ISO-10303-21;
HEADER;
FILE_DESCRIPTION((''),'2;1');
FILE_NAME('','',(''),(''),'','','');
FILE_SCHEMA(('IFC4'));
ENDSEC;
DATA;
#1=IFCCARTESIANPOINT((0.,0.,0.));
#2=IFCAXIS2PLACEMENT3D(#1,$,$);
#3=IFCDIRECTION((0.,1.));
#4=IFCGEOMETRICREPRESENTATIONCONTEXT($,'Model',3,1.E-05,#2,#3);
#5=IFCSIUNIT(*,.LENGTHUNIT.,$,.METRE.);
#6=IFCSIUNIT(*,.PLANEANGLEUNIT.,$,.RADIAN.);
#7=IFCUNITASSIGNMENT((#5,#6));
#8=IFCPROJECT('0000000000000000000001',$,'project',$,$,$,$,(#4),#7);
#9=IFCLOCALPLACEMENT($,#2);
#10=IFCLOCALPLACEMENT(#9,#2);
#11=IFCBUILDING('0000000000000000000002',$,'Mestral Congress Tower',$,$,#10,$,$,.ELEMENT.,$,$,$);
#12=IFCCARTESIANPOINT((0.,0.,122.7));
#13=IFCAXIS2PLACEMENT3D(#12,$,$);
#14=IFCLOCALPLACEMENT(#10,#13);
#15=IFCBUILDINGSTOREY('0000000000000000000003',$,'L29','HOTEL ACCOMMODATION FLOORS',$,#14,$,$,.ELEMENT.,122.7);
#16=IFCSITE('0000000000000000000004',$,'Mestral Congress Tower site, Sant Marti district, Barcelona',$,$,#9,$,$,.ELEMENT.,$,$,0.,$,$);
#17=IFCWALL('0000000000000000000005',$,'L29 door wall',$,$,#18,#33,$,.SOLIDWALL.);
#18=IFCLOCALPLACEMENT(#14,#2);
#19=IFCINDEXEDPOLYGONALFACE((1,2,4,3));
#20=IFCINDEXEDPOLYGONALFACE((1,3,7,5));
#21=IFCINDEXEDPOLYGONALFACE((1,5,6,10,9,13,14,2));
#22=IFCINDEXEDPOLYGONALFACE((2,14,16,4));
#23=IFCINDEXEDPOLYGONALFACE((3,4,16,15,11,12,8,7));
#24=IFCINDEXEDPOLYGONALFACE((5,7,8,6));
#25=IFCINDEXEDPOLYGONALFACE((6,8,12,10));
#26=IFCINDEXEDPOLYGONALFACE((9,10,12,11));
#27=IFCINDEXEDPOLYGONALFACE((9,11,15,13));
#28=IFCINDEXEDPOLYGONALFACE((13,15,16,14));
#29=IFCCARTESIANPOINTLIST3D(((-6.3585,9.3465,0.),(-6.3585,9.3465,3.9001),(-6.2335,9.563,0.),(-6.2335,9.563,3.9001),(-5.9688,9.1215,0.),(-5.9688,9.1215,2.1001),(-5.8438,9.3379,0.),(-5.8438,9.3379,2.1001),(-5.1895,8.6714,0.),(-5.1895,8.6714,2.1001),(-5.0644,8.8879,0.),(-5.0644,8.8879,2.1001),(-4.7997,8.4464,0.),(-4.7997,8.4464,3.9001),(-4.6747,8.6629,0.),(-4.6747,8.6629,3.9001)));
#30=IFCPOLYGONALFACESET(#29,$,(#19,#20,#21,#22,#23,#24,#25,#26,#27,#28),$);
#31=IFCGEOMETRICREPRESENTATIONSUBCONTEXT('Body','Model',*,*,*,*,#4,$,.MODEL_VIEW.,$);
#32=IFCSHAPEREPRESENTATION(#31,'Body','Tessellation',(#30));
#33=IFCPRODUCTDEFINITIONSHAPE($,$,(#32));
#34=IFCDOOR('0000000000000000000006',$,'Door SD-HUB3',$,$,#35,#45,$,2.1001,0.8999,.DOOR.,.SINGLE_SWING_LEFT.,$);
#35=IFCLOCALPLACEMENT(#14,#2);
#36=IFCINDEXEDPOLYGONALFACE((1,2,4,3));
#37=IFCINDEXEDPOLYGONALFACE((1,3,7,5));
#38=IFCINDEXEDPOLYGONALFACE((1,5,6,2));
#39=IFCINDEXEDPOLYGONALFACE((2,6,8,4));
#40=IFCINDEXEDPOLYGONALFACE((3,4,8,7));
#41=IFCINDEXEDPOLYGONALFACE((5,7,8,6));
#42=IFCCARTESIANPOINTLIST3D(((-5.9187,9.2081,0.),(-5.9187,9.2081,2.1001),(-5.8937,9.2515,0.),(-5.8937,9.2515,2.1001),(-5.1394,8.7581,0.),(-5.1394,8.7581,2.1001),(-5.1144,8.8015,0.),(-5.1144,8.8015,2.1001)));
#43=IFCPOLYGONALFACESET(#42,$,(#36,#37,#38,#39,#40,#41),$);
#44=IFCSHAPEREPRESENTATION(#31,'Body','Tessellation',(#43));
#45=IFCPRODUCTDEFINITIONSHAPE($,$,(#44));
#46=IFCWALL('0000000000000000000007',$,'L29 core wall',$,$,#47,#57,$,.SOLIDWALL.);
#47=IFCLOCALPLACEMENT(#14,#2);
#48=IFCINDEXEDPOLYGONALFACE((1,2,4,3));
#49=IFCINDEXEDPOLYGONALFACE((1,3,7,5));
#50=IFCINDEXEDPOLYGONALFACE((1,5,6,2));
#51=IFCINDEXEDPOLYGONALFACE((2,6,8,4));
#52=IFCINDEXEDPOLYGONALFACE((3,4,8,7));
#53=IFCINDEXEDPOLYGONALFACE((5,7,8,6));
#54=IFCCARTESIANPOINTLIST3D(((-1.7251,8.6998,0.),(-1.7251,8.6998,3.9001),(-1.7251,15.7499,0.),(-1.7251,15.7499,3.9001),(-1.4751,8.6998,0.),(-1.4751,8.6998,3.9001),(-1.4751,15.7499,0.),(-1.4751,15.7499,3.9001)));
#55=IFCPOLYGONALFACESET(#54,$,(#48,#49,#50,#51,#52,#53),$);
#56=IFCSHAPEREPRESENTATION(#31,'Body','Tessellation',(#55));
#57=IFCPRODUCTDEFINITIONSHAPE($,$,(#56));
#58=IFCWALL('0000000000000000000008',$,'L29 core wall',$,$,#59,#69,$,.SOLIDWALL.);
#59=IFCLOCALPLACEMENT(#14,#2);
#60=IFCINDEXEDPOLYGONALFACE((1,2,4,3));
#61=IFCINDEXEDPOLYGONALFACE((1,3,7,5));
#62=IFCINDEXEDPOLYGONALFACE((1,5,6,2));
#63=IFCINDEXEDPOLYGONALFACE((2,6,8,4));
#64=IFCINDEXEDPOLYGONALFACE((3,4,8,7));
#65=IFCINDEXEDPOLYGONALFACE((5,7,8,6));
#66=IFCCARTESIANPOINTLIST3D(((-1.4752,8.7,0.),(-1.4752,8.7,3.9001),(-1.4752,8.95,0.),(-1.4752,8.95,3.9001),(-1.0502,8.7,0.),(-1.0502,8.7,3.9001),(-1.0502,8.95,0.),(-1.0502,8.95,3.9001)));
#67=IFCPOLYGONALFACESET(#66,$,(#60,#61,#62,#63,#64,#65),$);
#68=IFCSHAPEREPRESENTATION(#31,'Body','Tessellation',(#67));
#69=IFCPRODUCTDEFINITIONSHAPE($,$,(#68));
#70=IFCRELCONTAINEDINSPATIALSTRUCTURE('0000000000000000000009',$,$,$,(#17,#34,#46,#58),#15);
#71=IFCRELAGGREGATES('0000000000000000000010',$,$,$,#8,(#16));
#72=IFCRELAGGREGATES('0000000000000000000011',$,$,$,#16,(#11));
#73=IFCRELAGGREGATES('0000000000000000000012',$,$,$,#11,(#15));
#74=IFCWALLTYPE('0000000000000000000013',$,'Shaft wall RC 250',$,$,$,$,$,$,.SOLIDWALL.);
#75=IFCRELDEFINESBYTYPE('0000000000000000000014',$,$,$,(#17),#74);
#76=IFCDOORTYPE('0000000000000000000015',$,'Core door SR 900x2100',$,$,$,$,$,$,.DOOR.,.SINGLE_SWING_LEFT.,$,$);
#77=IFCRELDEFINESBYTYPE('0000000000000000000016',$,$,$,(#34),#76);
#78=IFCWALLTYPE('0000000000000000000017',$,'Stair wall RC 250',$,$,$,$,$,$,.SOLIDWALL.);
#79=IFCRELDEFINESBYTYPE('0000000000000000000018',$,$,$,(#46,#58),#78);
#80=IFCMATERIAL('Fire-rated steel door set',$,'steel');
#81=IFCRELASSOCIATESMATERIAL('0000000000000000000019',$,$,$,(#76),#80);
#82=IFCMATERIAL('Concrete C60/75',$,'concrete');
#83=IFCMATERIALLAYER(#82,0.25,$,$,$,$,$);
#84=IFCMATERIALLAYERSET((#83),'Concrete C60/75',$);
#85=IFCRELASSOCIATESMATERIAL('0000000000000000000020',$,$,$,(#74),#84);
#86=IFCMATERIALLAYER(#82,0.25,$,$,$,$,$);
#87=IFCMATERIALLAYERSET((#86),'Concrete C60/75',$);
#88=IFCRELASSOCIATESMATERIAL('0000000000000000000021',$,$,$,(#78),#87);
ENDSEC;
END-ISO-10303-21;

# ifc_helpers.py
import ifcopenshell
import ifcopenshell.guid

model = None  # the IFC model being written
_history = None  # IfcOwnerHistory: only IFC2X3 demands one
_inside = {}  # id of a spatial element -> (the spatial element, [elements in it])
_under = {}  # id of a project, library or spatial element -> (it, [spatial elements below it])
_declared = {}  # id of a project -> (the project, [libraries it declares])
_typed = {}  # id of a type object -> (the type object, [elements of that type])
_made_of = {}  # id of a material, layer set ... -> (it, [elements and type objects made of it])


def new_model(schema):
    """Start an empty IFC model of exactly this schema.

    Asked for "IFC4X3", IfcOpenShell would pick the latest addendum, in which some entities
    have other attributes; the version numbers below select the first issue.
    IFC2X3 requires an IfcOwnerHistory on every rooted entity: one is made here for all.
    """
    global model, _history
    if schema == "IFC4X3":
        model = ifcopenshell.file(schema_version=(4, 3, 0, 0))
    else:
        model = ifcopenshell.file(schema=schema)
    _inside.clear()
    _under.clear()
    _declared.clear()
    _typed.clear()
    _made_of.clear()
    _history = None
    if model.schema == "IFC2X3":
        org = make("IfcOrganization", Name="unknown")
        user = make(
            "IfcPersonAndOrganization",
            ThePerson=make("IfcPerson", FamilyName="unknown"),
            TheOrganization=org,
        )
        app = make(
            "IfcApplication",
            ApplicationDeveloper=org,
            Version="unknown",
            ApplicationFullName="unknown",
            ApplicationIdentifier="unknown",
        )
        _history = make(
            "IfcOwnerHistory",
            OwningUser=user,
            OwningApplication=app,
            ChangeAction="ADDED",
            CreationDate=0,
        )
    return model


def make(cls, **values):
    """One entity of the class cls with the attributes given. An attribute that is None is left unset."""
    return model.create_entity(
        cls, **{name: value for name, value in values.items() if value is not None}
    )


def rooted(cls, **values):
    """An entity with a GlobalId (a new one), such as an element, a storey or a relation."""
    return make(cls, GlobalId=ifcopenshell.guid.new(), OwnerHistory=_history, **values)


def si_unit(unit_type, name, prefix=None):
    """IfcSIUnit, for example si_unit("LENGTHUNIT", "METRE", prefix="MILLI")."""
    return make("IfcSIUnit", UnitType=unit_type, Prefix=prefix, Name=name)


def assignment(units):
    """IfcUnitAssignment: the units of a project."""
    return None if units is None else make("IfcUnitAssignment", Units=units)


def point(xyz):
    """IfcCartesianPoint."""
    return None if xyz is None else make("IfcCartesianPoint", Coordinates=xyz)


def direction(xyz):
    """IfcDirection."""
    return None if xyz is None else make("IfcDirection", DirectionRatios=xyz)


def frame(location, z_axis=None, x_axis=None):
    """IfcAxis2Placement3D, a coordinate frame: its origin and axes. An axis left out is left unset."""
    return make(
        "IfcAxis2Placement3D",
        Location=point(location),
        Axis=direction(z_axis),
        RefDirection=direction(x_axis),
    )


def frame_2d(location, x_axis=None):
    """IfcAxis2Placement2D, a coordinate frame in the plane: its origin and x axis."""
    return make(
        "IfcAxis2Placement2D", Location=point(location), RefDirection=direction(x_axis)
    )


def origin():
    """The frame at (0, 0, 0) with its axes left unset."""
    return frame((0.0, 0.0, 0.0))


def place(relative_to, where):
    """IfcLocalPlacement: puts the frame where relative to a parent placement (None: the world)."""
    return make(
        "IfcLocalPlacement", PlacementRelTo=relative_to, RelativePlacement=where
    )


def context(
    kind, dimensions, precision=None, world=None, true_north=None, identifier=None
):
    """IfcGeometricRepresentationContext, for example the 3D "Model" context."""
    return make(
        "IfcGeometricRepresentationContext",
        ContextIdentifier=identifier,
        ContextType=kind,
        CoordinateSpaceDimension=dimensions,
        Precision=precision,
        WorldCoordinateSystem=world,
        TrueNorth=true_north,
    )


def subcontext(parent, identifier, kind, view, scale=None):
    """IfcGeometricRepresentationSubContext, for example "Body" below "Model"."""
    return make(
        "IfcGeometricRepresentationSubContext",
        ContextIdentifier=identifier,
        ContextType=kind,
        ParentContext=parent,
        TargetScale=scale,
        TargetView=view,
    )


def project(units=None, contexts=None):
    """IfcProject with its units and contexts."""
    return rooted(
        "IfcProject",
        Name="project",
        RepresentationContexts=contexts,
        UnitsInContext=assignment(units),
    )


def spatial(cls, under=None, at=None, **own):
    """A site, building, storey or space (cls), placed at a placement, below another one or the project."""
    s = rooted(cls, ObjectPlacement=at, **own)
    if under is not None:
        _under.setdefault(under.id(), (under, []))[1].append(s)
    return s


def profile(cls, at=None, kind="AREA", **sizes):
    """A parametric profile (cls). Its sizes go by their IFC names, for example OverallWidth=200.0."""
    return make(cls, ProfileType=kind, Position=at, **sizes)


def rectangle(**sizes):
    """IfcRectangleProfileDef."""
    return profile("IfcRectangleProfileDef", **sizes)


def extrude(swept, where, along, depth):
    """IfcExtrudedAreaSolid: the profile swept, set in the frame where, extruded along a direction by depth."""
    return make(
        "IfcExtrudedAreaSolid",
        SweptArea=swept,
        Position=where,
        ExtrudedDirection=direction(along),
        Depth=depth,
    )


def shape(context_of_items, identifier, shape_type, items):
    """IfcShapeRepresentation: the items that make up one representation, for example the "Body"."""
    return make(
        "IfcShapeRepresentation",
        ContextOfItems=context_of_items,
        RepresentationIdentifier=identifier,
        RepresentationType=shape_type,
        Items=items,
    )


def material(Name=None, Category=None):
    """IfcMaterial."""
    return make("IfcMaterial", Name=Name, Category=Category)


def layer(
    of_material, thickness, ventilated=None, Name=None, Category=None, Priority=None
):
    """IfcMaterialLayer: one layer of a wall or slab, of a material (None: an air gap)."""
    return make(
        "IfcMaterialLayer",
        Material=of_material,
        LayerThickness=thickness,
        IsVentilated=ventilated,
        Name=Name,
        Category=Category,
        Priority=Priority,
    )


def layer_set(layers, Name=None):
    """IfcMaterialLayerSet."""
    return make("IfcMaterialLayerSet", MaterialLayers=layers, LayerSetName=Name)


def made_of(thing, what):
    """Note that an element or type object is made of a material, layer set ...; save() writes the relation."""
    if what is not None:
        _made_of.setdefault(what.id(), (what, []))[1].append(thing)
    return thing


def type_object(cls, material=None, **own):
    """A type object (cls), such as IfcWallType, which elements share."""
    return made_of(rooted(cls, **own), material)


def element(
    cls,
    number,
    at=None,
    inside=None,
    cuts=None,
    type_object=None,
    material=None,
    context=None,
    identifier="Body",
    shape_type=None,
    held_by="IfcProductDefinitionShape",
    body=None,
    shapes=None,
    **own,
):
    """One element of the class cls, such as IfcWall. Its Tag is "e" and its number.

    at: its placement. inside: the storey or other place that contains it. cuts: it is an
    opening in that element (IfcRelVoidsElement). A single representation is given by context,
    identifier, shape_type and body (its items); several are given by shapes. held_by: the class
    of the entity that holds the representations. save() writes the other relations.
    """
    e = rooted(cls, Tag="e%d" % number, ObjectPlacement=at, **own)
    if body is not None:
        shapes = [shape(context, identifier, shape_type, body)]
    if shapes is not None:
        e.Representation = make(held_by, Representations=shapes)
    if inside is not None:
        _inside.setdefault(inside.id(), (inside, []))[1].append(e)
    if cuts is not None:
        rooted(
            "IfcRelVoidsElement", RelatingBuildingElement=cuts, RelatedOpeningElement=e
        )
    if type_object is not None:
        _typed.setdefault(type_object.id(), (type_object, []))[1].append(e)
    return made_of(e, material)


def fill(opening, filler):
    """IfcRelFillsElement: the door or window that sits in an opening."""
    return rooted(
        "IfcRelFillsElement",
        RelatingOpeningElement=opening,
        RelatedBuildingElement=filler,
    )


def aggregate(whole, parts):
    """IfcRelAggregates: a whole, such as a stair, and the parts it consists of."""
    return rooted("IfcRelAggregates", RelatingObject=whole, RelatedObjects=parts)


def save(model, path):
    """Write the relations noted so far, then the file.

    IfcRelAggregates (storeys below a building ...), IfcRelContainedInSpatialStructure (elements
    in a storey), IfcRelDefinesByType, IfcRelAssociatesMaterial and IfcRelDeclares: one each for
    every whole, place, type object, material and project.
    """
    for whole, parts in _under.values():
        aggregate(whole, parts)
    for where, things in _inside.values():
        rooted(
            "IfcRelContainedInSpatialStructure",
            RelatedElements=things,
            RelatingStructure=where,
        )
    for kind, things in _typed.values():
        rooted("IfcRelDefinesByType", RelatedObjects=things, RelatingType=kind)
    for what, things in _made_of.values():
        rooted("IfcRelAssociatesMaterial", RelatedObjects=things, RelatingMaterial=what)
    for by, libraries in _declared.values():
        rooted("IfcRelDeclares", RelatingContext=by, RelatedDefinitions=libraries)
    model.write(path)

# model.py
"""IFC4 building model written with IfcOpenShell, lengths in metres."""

from ifc_helpers import new_model, si_unit, direction, frame, frame_2d, origin, place, context, subcontext, project, spatial, rectangle, extrude, material, layer, layer_set, type_object, element, fill, save


model = new_model("IFC4")

# Units and contexts
model_context = context("Model", 3, precision=1e-05, world=origin(), true_north=direction((0.0, 1.0)))
body_context = subcontext(model_context, "Body", "Model", "MODEL_VIEW")
ifc_project = project(units=[si_unit("LENGTHUNIT", "METRE"), si_unit("PLANEANGLEUNIT", "RADIAN")], contexts=[model_context])

# Site, building, storey
site_placement = place(None, origin())
site = spatial("IfcSite", under=ifc_project, at=site_placement, Name="Mestral Congress Tower site, Sant Marti district, Barcelona", CompositionType="ELEMENT", RefElevation=0.0)
building_placement = place(site_placement, origin())
building = spatial("IfcBuilding", under=site, at=building_placement, Name="Mestral Congress Tower", CompositionType="ELEMENT")
storey_placement = place(building_placement, frame((0.0, 0.0, 122.7)))
storey = spatial("IfcBuildingStorey", under=building, at=storey_placement, Name="L29", Description="HOTEL ACCOMMODATION FLOORS", CompositionType="ELEMENT", Elevation=122.7)

# Shared definitions
ifc_material_1 = material(Name="Fire-rated steel door set", Category="steel")
door_type_1 = type_object("IfcDoorType", Name="Core door SR 900x2100", OperationType="SINGLE_SWING_LEFT", PredefinedType="DOOR", material=ifc_material_1)

# Shared definitions
ifc_material_2 = material(Name="Concrete C60/75", Category="concrete")
ifc_layer_1 = layer(ifc_material_2, 0.25)
ifc_layer_set_1 = layer_set([ifc_layer_1], Name="Concrete C60/75")
wall_type_1 = type_object("IfcWallType", Name="Shaft wall RC 250", PredefinedType="SOLIDWALL", material=ifc_layer_set_1)

# Wall, opening, door
wall_1_placement = place(storey_placement, frame((-4.7373, 8.5547, 0.0), z_axis=(0.0, 0.0, 1.0), x_axis=(-0.865989, 0.500063, 0.0)))
wall_1 = element("IfcWall", 1, at=wall_1_placement, inside=storey, type_object=wall_type_1, Name="L29 door wall", PredefinedType="SOLIDWALL", context=body_context, shape_type="SweptSolid", body=[
    extrude(rectangle(XDim=1.8, YDim=0.25, at=frame_2d((0.8999, 0.0))), origin(), (0.0, 0.0, 1.0), 3.9001),
])
opening_1_placement = place(wall_1_placement, frame((0.45, 0.0, 0.0)))
opening_1 = element("IfcOpeningElement", 2, at=opening_1_placement, cuts=wall_1, PredefinedType="OPENING", context=body_context, shape_type="SweptSolid", body=[
    extrude(rectangle(XDim=0.8999, YDim=2.1001, at=frame_2d((0.45, 1.05))), frame((0.0, 0.135, 0.0), z_axis=(0.0, -1.0, 0.0), x_axis=(1.0, 0.0, 0.0)), (0.0, 0.0, 1.0), 0.27),
])
door_1_placement = place(opening_1_placement, origin())
door_1 = element("IfcDoor", 3, at=door_1_placement, inside=storey, type_object=door_type_1, Name="Door SD-HUB3", OperationType="SINGLE_SWING_LEFT", OverallHeight=2.1001, OverallWidth=0.8999, PredefinedType="DOOR", context=body_context, shape_type="SweptSolid", body=[
    extrude(rectangle(XDim=0.8999, YDim=2.1001, at=frame_2d((0.45, 1.05))), frame((0.0, 0.0249, 0.0), z_axis=(0.0, -1.0, 0.0), x_axis=(1.0, 0.0, 0.0)), (0.0, 0.0, 1.0), 0.05),
])
fill(opening_1, door_1)

# Walls
ifc_layer_2 = layer(ifc_material_2, 0.25)
ifc_layer_set_2 = layer_set([ifc_layer_2], Name="Concrete C60/75")
wall_type_2 = type_object("IfcWallType", Name="Stair wall RC 250", PredefinedType="SOLIDWALL", material=ifc_layer_set_2)
wall_2_placement = place(storey_placement, frame((-1.6001, 8.7, 0.0), z_axis=(0.0, 0.0, 1.0), x_axis=(0.0, 1.0, 0.0)))
element("IfcWall", 4, at=wall_2_placement, inside=storey, type_object=wall_type_2, Name="L29 core wall", PredefinedType="SOLIDWALL", context=body_context, shape_type="SweptSolid", body=[
    extrude(rectangle(XDim=7.05, YDim=0.25, at=frame_2d((3.5249, 0.0))), origin(), (0.0, 0.0, 1.0), 3.9001),
])
wall_3_placement = place(storey_placement, frame((-1.4751, 8.825, 0.0), z_axis=(0.0, 0.0, 1.0), x_axis=(1.0, 0.0, 0.0)))
element("IfcWall", 5, at=wall_3_placement, inside=storey, type_object=wall_type_2, Name="L29 core wall", PredefinedType="SOLIDWALL", context=body_context, shape_type="SweptSolid", body=[
    extrude(rectangle(XDim=0.425, YDim=0.25, at=frame_2d((0.2124, 0.0))), origin(), (0.0, 0.0, 1.0), 3.9001),
])

save(model, "model.ifc")
